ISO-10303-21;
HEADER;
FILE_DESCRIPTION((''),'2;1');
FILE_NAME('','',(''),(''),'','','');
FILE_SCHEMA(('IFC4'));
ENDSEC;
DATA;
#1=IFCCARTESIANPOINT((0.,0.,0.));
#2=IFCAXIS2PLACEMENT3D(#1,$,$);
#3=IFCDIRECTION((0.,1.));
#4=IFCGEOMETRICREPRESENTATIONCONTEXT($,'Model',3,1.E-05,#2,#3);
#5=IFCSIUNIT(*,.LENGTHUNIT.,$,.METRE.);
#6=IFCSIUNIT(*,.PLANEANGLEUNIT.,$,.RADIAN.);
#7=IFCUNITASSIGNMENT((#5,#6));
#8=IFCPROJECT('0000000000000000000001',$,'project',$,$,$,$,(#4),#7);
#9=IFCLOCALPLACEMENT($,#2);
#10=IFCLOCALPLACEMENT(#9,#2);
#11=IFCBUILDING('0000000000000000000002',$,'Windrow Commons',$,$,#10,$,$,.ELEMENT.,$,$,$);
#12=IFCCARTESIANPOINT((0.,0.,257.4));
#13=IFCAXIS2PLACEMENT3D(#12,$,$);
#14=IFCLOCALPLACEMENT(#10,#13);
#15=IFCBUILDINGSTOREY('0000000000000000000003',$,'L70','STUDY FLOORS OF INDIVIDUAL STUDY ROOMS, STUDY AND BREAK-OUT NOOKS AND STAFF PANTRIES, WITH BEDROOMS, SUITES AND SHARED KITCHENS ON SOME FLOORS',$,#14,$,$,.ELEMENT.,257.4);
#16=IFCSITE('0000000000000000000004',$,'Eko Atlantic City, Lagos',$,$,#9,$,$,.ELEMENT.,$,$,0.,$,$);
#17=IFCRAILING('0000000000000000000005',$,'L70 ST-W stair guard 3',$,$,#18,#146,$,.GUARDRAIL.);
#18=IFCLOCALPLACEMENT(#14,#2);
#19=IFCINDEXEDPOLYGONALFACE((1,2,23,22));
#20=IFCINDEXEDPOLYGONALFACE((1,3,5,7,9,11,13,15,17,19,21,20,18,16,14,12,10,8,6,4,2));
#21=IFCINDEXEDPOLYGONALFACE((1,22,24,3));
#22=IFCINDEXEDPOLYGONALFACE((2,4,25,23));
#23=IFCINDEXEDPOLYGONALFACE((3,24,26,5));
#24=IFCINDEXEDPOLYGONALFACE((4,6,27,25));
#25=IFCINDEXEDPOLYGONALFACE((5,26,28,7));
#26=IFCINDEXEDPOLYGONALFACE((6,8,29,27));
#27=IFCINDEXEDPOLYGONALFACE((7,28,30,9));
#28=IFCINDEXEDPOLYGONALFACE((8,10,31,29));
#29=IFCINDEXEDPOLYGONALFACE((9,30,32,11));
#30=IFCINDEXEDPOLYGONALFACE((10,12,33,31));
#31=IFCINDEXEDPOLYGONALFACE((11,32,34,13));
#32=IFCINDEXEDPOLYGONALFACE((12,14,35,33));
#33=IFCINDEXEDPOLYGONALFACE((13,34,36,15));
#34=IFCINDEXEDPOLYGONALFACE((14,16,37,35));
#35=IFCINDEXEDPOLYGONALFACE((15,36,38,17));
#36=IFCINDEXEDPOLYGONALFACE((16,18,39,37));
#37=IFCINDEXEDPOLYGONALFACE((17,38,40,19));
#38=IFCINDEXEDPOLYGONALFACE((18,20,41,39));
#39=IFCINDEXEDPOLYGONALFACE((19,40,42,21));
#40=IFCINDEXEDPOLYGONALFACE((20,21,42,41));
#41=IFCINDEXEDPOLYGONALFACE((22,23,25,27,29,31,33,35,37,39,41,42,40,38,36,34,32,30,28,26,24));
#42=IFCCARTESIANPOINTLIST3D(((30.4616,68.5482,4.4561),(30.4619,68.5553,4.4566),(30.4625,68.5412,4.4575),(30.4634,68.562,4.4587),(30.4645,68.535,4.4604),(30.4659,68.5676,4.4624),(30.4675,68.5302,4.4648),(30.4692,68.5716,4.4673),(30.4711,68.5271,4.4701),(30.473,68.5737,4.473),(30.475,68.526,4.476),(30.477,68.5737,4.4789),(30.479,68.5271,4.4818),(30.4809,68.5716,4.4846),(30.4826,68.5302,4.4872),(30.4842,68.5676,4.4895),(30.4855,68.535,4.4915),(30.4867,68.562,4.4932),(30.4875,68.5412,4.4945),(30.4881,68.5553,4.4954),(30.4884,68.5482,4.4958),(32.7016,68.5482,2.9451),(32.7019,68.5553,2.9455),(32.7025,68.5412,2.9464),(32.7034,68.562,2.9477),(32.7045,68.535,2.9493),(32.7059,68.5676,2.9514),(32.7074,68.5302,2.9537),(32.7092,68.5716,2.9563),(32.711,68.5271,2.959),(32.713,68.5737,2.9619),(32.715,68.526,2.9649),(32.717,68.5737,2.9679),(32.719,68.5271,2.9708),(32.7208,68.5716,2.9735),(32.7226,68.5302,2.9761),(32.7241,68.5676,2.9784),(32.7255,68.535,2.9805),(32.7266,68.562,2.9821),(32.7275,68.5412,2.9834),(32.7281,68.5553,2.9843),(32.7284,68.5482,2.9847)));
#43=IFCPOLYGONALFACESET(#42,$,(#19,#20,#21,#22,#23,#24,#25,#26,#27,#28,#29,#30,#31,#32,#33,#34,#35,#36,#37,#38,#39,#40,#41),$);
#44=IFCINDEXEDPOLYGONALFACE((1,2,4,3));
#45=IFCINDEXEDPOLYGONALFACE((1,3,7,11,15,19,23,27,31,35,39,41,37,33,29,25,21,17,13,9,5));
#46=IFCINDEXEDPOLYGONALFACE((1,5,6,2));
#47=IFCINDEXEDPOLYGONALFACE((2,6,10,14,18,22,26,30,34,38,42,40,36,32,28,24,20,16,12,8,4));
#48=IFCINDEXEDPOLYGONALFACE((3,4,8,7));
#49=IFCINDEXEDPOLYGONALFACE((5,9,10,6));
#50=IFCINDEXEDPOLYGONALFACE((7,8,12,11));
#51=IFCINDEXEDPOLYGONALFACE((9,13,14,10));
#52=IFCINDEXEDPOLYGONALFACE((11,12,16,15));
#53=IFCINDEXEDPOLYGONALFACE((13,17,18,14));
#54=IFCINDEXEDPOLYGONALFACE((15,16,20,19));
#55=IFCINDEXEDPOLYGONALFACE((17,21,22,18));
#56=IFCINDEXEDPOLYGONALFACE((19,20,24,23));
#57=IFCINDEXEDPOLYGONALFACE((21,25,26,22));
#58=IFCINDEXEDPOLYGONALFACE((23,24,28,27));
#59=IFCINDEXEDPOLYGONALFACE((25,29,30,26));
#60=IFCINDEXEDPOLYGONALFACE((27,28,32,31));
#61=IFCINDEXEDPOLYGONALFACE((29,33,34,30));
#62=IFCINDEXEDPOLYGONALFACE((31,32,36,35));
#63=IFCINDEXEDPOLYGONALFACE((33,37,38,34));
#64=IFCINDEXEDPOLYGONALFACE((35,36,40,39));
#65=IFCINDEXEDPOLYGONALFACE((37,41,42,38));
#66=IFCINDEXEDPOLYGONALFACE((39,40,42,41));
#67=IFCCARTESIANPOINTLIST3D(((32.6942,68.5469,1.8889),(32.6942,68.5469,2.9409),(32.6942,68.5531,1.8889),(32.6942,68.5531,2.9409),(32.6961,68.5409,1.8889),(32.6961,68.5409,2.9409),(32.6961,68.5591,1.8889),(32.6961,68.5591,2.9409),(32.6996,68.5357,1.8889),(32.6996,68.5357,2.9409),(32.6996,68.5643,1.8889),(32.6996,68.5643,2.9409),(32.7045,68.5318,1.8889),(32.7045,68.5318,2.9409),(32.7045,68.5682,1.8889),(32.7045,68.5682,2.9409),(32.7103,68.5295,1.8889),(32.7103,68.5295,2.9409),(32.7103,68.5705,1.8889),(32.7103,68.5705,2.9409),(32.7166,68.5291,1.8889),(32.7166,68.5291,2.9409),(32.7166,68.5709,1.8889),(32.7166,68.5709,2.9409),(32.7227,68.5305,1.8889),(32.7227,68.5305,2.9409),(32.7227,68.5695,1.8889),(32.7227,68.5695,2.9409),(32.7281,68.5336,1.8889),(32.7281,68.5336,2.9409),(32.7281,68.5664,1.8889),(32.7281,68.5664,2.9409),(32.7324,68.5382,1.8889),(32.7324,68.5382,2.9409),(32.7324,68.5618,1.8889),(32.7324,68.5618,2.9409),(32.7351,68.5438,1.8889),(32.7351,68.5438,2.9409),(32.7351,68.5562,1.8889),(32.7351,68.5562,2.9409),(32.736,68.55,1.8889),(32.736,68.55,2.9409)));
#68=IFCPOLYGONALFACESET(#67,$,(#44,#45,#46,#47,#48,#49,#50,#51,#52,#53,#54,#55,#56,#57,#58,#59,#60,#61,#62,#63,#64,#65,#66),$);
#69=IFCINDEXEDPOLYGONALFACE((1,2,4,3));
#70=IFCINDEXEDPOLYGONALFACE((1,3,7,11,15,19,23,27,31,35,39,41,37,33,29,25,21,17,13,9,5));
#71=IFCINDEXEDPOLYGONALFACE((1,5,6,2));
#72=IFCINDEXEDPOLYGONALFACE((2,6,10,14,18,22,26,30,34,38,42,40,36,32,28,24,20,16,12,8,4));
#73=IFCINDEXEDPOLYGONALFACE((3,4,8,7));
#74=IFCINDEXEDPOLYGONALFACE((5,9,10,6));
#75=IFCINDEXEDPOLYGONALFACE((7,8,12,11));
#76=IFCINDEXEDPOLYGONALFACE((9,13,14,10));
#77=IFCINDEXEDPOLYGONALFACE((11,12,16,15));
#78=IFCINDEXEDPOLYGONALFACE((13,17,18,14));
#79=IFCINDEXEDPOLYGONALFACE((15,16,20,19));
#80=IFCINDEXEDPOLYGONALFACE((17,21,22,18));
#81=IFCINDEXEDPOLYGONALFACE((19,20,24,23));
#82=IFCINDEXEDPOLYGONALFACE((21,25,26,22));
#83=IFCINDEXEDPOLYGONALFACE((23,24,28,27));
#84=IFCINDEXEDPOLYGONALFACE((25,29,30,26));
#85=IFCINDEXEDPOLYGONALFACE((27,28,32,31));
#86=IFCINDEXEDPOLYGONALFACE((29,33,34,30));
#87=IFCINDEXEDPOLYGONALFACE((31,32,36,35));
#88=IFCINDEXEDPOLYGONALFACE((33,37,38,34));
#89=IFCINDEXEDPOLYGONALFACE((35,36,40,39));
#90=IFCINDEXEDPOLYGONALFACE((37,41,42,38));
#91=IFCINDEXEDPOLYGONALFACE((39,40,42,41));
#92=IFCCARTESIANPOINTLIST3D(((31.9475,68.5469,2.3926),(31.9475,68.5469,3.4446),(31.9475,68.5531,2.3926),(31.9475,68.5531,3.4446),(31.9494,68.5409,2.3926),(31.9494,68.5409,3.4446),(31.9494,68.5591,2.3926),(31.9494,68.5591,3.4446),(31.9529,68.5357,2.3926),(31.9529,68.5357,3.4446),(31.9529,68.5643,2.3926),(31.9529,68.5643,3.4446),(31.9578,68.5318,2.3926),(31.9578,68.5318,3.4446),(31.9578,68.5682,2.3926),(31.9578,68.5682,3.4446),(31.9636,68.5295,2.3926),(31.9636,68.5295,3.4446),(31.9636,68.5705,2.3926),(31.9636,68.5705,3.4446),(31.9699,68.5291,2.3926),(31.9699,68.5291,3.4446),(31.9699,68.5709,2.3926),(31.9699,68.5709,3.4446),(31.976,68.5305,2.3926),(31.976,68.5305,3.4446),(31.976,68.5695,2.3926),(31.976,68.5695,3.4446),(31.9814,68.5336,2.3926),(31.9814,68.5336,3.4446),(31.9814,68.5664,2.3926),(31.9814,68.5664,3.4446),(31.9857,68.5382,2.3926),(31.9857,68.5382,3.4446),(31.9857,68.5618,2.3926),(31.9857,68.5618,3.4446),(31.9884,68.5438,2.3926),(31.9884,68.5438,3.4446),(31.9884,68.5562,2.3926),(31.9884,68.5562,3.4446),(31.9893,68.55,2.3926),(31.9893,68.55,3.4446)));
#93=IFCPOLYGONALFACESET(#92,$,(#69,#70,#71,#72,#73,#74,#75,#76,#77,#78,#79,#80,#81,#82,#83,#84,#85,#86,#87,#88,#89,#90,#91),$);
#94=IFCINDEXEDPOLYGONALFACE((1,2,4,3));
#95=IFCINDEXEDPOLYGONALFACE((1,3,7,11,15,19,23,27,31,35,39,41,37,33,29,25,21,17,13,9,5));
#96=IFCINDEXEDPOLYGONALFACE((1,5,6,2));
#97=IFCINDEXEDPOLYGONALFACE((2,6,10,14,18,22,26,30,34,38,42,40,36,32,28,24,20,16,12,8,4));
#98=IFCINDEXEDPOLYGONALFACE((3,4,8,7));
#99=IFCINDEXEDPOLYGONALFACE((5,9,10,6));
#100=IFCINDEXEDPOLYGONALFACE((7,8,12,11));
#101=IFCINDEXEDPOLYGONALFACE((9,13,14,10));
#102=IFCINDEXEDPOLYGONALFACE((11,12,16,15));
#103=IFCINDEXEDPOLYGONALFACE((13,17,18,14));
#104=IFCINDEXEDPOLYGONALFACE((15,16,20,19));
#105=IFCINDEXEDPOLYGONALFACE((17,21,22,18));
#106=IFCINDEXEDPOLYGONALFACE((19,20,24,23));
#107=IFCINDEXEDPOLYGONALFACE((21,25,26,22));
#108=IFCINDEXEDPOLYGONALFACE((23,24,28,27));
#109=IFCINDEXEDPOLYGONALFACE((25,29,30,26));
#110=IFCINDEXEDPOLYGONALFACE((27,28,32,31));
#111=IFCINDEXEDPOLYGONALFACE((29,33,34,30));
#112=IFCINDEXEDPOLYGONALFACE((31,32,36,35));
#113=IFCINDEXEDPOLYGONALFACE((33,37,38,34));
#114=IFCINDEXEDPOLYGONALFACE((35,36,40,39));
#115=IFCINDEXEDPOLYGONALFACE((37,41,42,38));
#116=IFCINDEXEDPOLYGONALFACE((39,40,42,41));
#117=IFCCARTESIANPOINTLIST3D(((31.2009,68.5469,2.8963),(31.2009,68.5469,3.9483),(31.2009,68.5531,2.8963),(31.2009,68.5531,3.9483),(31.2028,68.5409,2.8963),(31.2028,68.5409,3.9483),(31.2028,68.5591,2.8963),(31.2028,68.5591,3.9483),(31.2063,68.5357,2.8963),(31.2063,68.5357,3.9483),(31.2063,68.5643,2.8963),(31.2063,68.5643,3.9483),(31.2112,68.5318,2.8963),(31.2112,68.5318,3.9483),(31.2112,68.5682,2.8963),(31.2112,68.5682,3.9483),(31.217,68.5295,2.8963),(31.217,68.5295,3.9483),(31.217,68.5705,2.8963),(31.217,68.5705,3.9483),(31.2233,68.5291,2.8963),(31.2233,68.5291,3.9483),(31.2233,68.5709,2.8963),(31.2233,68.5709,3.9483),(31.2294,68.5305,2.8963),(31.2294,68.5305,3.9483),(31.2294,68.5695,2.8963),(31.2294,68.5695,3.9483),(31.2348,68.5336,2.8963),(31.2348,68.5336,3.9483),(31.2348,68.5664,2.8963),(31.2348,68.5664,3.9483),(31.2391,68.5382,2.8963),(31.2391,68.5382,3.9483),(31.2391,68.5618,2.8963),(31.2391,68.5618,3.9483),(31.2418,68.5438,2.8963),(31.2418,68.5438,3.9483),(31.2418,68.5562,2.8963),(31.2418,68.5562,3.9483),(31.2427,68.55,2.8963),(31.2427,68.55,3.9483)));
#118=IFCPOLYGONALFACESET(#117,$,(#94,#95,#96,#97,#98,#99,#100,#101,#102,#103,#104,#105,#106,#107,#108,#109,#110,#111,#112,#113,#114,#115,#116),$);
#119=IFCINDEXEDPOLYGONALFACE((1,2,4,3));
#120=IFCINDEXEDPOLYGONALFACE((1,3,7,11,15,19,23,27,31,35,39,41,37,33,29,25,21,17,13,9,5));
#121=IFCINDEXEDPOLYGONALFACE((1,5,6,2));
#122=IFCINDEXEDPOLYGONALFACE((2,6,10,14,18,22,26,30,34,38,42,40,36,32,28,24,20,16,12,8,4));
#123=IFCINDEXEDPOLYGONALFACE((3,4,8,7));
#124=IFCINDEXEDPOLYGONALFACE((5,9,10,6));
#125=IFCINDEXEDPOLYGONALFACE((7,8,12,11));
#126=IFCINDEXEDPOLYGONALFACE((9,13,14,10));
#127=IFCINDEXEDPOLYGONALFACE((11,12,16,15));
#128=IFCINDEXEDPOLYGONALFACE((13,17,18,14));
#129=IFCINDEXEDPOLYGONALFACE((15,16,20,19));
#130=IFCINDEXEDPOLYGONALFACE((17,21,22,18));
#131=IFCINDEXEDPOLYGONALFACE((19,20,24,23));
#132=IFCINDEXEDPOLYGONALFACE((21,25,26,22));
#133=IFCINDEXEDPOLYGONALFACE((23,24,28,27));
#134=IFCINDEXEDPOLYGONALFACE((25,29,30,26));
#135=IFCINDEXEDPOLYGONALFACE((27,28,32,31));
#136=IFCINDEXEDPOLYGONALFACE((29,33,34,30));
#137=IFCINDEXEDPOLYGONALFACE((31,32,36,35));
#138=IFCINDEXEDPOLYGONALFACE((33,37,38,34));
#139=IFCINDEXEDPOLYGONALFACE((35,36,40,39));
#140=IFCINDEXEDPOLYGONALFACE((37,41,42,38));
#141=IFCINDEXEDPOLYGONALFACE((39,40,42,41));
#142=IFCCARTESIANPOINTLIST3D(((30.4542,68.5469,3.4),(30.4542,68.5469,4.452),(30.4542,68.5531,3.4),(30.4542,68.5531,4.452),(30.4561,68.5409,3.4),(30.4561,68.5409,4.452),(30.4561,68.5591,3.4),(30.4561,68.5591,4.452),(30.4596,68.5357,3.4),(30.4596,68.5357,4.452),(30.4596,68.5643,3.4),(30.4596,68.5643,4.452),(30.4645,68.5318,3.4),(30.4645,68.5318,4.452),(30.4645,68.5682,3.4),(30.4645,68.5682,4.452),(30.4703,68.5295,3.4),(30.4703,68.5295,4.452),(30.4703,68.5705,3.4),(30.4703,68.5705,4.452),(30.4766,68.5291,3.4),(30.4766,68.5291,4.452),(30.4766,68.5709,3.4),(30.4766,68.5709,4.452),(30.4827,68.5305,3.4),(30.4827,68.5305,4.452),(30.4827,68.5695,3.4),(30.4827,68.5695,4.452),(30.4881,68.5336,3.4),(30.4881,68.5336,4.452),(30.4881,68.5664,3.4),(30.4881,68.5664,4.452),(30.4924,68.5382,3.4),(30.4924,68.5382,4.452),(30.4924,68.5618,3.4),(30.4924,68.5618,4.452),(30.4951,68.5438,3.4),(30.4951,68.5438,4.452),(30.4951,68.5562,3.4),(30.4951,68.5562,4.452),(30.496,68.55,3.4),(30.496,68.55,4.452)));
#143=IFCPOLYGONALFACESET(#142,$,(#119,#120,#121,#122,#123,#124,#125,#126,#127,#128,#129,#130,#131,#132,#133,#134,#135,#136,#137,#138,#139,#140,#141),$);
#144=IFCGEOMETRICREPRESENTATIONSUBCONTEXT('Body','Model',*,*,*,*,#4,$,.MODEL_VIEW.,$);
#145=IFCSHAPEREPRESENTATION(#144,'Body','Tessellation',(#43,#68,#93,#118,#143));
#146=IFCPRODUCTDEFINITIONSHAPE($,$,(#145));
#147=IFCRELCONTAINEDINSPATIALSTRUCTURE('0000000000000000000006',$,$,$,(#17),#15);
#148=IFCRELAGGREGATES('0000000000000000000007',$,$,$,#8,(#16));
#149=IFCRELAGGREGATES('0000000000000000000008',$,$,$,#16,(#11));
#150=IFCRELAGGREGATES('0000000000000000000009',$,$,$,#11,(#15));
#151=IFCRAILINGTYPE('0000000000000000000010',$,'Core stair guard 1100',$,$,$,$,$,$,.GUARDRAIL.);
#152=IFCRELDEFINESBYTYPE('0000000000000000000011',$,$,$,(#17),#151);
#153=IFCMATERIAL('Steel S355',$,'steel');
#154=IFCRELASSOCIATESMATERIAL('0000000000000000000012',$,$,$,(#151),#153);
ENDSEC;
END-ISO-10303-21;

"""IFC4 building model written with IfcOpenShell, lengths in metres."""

from ifc_helpers import new_model, si_unit, direction, frame, origin, origin_2d, place, context, subcontext, project, spatial, circle, extrude, material, type_object, element, save


model = new_model("IFC4")

# Units and contexts
model_context = context("Model", 3, precision=1e-05, world=origin(), true_north=direction((0.0, 1.0)))
body_context = subcontext(model_context, "Body", "Model", "MODEL_VIEW")
ifc_project = project(units=[si_unit("LENGTHUNIT", "METRE"), si_unit("PLANEANGLEUNIT", "RADIAN")], contexts=[model_context])

# Site, building, storey
site_placement = place(None, origin())
site = spatial("IfcSite", under=ifc_project, at=site_placement, Name="Eko Atlantic City, Lagos", CompositionType="ELEMENT", RefElevation=0.0)
building_placement = place(site_placement, origin())
building = spatial("IfcBuilding", under=site, at=building_placement, Name="Windrow Commons", CompositionType="ELEMENT")
storey_placement = place(building_placement, frame((0.0, 0.0, 257.4)))
storey = spatial("IfcBuildingStorey", under=building, at=storey_placement, Name="L70", Description="STUDY FLOORS OF INDIVIDUAL STUDY ROOMS, STUDY AND BREAK-OUT NOOKS AND STAFF PANTRIES, WITH BEDROOMS, SUITES AND SHARED KITCHENS ON SOME FLOORS", CompositionType="ELEMENT", Elevation=257.4)

# Railing
ifc_material_1 = material(Name="Steel S355", Category="steel")
railing_type_1 = type_object("IfcRailingType", Name="Core stair guard 1100", PredefinedType="GUARDRAIL", material=ifc_material_1)
railing_1_placement = place(storey_placement, frame((32.715, 68.55, 1.8889)))
element("IfcRailing", 1, at=railing_1_placement, inside=storey, type_object=railing_type_1, Name="L70 ST-W stair guard 3", PredefinedType="GUARDRAIL", context=body_context, shape_type="SweptSolid", body=[
    extrude(circle(Radius=0.024, at=origin_2d()), frame((0.0, 0.0, 1.076), z_axis=(-0.829003, 0.0, 0.559244), x_axis=(0.0, -1.0, 0.0)), (0.0, 0.0, 1.0), 2.702),
    extrude(circle(Radius=0.021, at=origin_2d()), origin(), (0.0, 0.0, 1.0), 1.052),
    extrude(circle(Radius=0.021, at=origin_2d()), frame((-0.7467, 0.0, 0.5037)), (0.0, 0.0, 1.0), 1.052),
    extrude(circle(Radius=0.021, at=origin_2d()), frame((-1.4933, 0.0, 1.0074)), (0.0, 0.0, 1.0), 1.052),
    extrude(circle(Radius=0.021, at=origin_2d()), frame((-2.24, 0.0, 1.5111)), (0.0, 0.0, 1.0), 1.052),
])

save(model, "model.ifc")
